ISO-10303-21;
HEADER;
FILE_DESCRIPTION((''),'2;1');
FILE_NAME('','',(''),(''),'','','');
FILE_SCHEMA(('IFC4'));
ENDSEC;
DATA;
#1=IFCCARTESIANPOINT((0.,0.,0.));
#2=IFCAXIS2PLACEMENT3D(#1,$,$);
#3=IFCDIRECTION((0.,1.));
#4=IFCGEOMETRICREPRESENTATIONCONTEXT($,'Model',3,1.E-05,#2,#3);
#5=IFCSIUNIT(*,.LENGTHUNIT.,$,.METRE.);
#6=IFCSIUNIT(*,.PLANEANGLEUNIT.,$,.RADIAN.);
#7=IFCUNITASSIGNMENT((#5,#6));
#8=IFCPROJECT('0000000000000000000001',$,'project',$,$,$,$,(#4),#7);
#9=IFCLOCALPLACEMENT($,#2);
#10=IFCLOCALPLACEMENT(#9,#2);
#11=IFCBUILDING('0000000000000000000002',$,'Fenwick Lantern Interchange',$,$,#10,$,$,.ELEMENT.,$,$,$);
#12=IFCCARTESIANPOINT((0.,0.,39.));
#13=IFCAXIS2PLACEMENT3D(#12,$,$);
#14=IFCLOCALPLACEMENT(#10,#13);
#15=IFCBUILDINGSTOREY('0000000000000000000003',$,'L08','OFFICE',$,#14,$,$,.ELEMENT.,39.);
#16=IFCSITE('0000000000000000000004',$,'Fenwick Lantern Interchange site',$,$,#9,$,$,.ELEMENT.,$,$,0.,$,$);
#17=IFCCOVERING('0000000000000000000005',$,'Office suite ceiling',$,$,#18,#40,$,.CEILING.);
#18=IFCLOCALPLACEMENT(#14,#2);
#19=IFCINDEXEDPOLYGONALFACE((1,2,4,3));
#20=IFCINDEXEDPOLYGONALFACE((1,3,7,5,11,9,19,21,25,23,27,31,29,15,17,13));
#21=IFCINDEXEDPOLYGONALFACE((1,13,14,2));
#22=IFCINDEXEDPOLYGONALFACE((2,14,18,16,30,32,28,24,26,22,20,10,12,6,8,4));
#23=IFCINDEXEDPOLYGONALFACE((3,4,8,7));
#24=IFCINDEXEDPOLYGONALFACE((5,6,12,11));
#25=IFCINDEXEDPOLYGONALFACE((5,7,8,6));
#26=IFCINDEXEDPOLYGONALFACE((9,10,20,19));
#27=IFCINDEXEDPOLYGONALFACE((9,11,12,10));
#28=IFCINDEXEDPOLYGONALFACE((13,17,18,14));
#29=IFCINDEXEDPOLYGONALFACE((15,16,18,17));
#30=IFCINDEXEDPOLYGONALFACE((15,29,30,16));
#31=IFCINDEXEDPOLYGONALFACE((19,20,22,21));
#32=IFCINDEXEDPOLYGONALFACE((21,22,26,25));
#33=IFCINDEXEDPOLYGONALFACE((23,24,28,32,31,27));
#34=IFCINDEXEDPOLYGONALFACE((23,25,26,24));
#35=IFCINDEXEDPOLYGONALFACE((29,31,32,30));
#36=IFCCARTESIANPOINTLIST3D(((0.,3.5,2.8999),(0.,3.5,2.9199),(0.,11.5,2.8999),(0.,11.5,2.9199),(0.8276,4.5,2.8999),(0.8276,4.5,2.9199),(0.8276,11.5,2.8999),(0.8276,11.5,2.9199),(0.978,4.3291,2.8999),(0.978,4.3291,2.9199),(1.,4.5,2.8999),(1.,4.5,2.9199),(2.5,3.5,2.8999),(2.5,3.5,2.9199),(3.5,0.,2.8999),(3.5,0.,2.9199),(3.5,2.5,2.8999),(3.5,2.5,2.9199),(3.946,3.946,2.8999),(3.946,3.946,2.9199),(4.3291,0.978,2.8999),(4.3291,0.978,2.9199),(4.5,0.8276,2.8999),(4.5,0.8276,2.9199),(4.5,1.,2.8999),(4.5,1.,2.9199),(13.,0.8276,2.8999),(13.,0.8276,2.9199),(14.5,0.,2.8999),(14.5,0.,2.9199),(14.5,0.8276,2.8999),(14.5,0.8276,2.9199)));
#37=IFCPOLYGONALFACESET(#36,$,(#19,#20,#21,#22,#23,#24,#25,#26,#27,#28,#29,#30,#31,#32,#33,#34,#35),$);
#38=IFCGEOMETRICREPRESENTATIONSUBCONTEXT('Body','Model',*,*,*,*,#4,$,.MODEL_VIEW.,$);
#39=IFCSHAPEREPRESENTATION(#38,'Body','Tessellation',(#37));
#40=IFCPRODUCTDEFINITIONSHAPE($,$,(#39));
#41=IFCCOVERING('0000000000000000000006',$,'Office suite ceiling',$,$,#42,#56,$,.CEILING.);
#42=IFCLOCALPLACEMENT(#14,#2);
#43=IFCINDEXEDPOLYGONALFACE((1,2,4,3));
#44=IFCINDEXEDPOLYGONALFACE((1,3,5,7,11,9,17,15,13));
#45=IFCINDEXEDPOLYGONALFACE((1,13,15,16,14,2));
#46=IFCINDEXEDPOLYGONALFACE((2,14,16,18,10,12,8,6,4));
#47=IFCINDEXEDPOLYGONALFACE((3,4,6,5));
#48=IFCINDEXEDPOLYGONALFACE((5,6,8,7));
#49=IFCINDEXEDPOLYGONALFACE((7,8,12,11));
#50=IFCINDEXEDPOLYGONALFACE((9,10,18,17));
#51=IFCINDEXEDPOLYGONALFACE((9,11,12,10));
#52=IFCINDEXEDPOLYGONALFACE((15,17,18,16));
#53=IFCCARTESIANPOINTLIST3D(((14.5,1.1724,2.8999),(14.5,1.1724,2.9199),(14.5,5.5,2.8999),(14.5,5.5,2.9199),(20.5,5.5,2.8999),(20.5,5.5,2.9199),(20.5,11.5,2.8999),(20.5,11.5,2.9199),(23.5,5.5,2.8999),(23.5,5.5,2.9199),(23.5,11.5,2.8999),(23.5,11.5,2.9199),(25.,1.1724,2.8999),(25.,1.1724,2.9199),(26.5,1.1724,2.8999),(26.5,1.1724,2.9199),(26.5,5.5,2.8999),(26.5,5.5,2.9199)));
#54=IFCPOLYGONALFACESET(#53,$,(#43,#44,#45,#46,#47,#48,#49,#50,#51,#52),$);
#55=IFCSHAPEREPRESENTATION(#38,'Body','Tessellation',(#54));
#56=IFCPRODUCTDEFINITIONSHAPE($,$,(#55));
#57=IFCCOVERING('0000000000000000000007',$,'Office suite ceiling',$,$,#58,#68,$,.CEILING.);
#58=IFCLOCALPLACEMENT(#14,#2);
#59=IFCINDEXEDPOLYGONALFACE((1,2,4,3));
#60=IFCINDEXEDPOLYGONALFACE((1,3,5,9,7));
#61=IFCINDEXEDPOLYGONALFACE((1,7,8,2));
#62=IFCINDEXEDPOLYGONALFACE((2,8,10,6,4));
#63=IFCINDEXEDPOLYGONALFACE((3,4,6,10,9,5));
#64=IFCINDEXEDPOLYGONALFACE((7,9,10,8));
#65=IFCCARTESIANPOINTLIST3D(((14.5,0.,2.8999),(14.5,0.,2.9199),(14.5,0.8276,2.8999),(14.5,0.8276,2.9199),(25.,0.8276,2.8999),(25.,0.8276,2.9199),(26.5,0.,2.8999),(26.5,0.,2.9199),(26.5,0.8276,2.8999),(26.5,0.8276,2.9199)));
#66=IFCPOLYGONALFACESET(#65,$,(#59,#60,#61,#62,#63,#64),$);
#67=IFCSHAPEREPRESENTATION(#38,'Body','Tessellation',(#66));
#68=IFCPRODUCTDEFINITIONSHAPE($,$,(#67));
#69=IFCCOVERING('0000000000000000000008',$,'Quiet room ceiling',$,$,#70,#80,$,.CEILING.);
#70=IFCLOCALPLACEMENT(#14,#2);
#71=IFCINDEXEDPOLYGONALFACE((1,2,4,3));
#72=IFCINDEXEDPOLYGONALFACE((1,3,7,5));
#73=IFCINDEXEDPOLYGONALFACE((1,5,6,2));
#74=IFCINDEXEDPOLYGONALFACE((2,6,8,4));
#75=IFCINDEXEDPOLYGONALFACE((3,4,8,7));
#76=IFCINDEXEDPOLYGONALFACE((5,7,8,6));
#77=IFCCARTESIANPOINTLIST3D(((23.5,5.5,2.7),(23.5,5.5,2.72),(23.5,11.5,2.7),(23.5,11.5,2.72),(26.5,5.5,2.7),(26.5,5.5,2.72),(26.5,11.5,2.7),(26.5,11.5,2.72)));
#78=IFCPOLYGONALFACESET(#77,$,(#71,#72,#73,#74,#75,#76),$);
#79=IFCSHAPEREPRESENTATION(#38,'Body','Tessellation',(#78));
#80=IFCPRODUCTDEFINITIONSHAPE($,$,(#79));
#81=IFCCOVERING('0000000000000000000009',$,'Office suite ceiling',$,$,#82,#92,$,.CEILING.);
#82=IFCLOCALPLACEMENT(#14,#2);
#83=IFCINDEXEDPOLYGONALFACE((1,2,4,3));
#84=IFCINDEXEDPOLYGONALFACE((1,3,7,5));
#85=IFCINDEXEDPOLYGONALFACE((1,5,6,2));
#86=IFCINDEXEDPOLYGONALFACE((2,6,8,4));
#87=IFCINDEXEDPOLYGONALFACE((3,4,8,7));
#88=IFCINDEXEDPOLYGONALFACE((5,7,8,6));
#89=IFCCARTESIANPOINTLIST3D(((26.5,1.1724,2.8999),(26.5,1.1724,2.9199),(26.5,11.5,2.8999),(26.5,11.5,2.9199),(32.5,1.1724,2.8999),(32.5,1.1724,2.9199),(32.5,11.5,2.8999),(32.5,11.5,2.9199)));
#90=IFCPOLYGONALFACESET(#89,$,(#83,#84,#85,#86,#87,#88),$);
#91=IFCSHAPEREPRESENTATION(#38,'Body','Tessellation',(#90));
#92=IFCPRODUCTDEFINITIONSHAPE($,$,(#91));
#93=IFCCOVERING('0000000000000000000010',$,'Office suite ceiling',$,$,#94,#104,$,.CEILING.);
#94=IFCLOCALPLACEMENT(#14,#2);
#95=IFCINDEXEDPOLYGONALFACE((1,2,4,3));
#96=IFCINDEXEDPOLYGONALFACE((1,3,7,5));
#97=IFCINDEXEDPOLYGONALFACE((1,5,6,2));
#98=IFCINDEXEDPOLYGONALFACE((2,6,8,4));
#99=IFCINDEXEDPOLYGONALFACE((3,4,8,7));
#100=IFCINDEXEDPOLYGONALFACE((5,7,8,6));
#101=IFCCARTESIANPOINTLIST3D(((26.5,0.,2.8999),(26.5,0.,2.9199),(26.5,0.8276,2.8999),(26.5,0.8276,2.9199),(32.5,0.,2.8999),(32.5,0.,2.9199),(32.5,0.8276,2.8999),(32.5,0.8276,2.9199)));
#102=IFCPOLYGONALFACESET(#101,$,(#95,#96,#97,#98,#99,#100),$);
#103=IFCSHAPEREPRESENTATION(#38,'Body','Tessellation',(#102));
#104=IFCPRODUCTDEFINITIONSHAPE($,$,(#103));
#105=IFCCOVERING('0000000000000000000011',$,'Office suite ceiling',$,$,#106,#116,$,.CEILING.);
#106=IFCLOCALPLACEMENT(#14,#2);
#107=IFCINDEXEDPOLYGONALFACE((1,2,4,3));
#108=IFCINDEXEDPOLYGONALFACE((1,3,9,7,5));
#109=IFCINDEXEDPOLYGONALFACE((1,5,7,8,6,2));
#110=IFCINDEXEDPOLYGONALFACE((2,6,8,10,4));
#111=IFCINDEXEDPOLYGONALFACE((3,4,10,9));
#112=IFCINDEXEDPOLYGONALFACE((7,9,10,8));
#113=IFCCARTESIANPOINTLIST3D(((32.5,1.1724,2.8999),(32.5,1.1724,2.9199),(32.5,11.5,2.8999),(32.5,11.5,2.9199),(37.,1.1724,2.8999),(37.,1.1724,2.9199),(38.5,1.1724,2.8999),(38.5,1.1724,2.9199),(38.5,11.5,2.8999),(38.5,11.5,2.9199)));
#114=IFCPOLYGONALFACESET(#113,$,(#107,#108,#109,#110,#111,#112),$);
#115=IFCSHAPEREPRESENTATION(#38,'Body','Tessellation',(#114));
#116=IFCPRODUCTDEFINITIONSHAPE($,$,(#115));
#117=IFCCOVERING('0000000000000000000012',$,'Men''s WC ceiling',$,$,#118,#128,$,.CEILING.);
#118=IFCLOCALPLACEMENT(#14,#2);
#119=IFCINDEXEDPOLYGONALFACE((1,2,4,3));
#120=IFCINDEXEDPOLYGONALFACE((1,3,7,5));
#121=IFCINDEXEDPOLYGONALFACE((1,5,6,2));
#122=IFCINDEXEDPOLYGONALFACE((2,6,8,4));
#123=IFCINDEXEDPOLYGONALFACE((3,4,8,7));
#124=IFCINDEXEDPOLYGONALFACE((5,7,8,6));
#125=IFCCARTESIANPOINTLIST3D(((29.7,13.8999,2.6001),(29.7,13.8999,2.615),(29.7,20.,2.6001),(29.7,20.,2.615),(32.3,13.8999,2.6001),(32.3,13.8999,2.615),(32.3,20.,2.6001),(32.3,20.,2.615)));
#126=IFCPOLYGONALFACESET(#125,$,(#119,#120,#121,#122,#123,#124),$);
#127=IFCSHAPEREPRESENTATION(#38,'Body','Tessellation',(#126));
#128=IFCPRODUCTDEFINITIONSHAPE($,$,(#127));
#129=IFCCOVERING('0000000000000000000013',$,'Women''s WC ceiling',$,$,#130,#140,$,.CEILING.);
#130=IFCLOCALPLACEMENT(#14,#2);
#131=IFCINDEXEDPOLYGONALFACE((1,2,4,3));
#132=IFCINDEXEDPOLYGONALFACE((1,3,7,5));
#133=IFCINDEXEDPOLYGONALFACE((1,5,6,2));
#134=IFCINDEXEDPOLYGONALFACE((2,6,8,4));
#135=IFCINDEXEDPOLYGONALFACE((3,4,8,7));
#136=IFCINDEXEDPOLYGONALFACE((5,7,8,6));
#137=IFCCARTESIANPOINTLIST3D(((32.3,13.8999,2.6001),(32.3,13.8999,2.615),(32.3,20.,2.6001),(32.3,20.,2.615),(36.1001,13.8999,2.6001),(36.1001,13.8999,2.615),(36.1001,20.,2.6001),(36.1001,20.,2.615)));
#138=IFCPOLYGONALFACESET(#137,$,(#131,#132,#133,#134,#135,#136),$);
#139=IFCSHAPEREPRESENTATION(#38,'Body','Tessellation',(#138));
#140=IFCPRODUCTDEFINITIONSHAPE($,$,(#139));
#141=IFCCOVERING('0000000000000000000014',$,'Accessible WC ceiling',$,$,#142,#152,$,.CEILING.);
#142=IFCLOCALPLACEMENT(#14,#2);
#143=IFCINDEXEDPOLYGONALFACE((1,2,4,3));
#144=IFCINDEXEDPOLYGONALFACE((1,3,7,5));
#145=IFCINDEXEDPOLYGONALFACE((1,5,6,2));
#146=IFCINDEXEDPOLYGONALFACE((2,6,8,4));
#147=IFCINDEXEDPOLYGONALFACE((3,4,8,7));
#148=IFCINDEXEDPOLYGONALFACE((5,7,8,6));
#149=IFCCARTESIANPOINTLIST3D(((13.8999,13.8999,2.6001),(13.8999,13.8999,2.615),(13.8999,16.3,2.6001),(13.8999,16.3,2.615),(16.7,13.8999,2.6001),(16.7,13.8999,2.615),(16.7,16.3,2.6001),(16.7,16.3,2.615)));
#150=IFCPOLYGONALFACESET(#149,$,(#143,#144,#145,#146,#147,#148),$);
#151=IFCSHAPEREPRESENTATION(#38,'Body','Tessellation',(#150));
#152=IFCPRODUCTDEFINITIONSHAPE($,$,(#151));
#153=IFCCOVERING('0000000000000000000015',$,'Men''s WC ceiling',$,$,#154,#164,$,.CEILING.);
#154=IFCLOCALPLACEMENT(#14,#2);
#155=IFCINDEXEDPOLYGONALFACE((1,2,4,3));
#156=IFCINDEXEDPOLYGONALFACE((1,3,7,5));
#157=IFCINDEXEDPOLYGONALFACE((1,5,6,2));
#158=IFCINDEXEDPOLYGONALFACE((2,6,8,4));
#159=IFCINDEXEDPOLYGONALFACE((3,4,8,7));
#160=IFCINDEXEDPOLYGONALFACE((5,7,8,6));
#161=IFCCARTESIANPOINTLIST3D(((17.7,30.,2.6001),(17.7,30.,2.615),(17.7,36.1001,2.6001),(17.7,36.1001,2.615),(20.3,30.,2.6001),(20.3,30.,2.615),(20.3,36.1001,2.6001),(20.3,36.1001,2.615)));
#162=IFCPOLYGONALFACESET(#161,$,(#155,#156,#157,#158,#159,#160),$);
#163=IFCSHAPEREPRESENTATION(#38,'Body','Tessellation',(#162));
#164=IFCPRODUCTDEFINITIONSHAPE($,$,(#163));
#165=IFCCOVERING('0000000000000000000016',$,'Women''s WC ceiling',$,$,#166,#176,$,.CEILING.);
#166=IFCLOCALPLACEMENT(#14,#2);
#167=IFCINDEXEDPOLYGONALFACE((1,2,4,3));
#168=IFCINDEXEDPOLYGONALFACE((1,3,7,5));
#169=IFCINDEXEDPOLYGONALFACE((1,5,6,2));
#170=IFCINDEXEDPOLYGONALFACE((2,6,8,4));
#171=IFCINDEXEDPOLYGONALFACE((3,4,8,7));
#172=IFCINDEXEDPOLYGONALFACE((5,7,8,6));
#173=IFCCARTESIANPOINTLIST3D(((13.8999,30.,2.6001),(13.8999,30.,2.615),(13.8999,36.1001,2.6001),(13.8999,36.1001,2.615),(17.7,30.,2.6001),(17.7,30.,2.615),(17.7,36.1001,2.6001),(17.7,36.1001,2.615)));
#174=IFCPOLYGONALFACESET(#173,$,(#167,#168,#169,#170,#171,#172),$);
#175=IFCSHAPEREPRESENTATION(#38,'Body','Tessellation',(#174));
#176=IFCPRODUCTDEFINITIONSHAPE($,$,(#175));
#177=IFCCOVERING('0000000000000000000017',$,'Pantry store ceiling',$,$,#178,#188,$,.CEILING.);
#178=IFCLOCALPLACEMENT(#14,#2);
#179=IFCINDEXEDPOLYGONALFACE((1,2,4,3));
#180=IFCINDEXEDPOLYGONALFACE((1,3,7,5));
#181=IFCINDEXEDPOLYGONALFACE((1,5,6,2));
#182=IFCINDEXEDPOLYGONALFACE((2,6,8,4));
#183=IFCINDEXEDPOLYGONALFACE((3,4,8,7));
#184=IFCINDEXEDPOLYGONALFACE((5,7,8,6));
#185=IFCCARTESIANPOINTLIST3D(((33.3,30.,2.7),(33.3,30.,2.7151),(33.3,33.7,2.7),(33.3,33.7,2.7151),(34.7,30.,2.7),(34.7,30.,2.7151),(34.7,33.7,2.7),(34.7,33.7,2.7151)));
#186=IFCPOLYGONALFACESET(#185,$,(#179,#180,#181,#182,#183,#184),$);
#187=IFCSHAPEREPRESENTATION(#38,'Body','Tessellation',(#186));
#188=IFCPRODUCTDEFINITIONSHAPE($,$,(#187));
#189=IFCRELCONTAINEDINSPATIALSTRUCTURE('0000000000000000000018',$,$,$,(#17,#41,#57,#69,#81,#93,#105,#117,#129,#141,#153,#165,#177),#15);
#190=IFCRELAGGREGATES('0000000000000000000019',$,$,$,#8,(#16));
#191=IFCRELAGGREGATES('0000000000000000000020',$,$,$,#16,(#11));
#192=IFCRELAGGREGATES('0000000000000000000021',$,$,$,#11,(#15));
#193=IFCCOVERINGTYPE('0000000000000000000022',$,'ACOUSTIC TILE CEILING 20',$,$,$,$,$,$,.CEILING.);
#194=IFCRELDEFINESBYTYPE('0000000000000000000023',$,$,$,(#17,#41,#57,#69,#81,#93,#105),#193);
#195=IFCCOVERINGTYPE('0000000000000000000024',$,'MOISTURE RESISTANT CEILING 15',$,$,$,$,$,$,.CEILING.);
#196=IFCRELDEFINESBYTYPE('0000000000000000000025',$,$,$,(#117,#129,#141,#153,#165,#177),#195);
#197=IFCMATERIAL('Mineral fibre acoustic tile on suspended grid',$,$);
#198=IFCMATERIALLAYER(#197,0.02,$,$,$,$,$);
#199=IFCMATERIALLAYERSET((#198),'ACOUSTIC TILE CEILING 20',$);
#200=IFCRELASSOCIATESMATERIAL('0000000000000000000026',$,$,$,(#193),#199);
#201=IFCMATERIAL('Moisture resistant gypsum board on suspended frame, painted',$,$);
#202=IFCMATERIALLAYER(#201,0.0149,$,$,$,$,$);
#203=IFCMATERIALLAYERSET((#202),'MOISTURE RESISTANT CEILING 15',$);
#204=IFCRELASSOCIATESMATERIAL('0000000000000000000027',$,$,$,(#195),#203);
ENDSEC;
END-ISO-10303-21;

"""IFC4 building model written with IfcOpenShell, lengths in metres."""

from ifc_helpers import new_model, si_unit, direction, frame, origin, place, context, subcontext, project, spatial, polyline, outline, extrude, material, layer, layer_set, type_object, element, save


model = new_model("IFC4")

# Units and contexts
model_context = context("Model", 3, precision=1e-05, world=origin(), true_north=direction((0.0, 1.0)))
body_context = subcontext(model_context, "Body", "Model", "MODEL_VIEW")
ifc_project = project(units=[si_unit("LENGTHUNIT", "METRE"), si_unit("PLANEANGLEUNIT", "RADIAN")], contexts=[model_context])

# Site, building, storey
site_placement = place(None, origin())
site = spatial("IfcSite", under=ifc_project, at=site_placement, Name="Fenwick Lantern Interchange site", CompositionType="ELEMENT", RefElevation=0.0)
building_placement = place(site_placement, origin())
building = spatial("IfcBuilding", under=site, at=building_placement, Name="Fenwick Lantern Interchange", CompositionType="ELEMENT")
storey_placement = place(building_placement, frame((0.0, 0.0, 39.0)))
storey = spatial("IfcBuildingStorey", under=building, at=storey_placement, Name="L08", Description="OFFICE", CompositionType="ELEMENT", Elevation=39.0)

# Coverings
ifc_material_1 = material(Name="Mineral fibre acoustic tile on suspended grid")
ifc_layer_1 = layer(ifc_material_1, 0.02)
ifc_layer_set_1 = layer_set([ifc_layer_1], Name="ACOUSTIC TILE CEILING 20")
covering_type_1 = type_object("IfcCoveringType", Name="ACOUSTIC TILE CEILING 20", PredefinedType="CEILING", material=ifc_layer_set_1)
covering_1_placement = place(storey_placement, frame((0.0, 0.0, 2.8999)))
element("IfcCovering", 1, at=covering_1_placement, inside=storey, type_object=covering_type_1, Name="Office suite ceiling", PredefinedType="CEILING", context=body_context, shape_type="SweptSolid", body=[
    extrude(outline(polyline([(2.5, 3.5), (3.5, 2.5), (3.5, 0.0), (14.5, 0.0), (14.5, 0.8276), (13.0, 0.8276), (4.5, 0.8276), (4.5, 1.0), (4.3291, 0.978), (3.946, 3.946), (0.978, 4.3291), (1.0, 4.5), (0.8276, 4.5), (0.8276, 11.5), (0.0, 11.5), (0.0, 3.5), (2.5, 3.5)])), origin(), (0.0, 0.0, 1.0), 0.02),
])
covering_2_placement = place(storey_placement, frame((0.0, 0.0, 2.8999)))
element("IfcCovering", 2, at=covering_2_placement, inside=storey, type_object=covering_type_1, Name="Office suite ceiling", PredefinedType="CEILING", context=body_context, shape_type="SweptSolid", body=[
    extrude(outline(polyline([(14.5, 5.5), (14.5, 1.1724), (25.0, 1.1724), (26.5, 1.1724), (26.5, 5.5), (23.5, 5.5), (23.5, 11.5), (20.5, 11.5), (20.5, 5.5), (14.5, 5.5)])), origin(), (0.0, 0.0, 1.0), 0.02),
])
covering_3_placement = place(storey_placement, frame((0.0, 0.0, 2.8999)))
element("IfcCovering", 3, at=covering_3_placement, inside=storey, type_object=covering_type_1, Name="Office suite ceiling", PredefinedType="CEILING", context=body_context, shape_type="SweptSolid", body=[
    extrude(outline(polyline([(14.5, 0.8276), (14.5, 0.0), (26.5, 0.0), (26.5, 0.8276), (25.0, 0.8276), (14.5, 0.8276)])), origin(), (0.0, 0.0, 1.0), 0.02),
])
covering_4_placement = place(storey_placement, frame((0.0, 0.0, 2.7)))
element("IfcCovering", 4, at=covering_4_placement, inside=storey, type_object=covering_type_1, Name="Quiet room ceiling", PredefinedType="CEILING", context=body_context, shape_type="SweptSolid", body=[
    extrude(outline(polyline([(23.5, 5.5), (26.5, 5.5), (26.5, 11.5), (23.5, 11.5), (23.5, 5.5)])), origin(), (0.0, 0.0, 1.0), 0.02),
])
covering_5_placement = place(storey_placement, frame((0.0, 0.0, 2.8999)))
element("IfcCovering", 5, at=covering_5_placement, inside=storey, type_object=covering_type_1, Name="Office suite ceiling", PredefinedType="CEILING", context=body_context, shape_type="SweptSolid", body=[
    extrude(outline(polyline([(26.5, 11.5), (26.5, 1.1724), (32.5, 1.1724), (32.5, 11.5), (26.5, 11.5)])), origin(), (0.0, 0.0, 1.0), 0.02),
])
covering_6_placement = place(storey_placement, frame((0.0, 0.0, 2.8999)))
element("IfcCovering", 6, at=covering_6_placement, inside=storey, type_object=covering_type_1, Name="Office suite ceiling", PredefinedType="CEILING", context=body_context, shape_type="SweptSolid", body=[
    extrude(outline(polyline([(26.5, 0.0), (32.5, 0.0), (32.5, 0.8276), (26.5, 0.8276), (26.5, 0.0)])), origin(), (0.0, 0.0, 1.0), 0.02),
])
covering_7_placement = place(storey_placement, frame((0.0, 0.0, 2.8999)))
element("IfcCovering", 7, at=covering_7_placement, inside=storey, type_object=covering_type_1, Name="Office suite ceiling", PredefinedType="CEILING", context=body_context, shape_type="SweptSolid", body=[
    extrude(outline(polyline([(32.5, 11.5), (32.5, 1.1724), (37.0, 1.1724), (38.5, 1.1724), (38.5, 11.5), (32.5, 11.5)])), origin(), (0.0, 0.0, 1.0), 0.02),
])
ifc_material_2 = material(Name="Moisture resistant gypsum board on suspended frame, painted")
ifc_layer_2 = layer(ifc_material_2, 0.0149)
ifc_layer_set_2 = layer_set([ifc_layer_2], Name="MOISTURE RESISTANT CEILING 15")
covering_type_2 = type_object("IfcCoveringType", Name="MOISTURE RESISTANT CEILING 15", PredefinedType="CEILING", material=ifc_layer_set_2)
covering_8_placement = place(storey_placement, frame((0.0, 0.0, 2.6001)))
element("IfcCovering", 8, at=covering_8_placement, inside=storey, type_object=covering_type_2, Name="Men's WC ceiling", PredefinedType="CEILING", context=body_context, shape_type="SweptSolid", body=[
    extrude(outline(polyline([(29.7, 13.8999), (32.3, 13.8999), (32.3, 20.0), (29.7, 20.0), (29.7, 13.8999)])), origin(), (0.0, 0.0, 1.0), 0.0149),
])
covering_9_placement = place(storey_placement, frame((0.0, 0.0, 2.6001)))
element("IfcCovering", 9, at=covering_9_placement, inside=storey, type_object=covering_type_2, Name="Women's WC ceiling", PredefinedType="CEILING", context=body_context, shape_type="SweptSolid", body=[
    extrude(outline(polyline([(32.3, 13.8999), (36.1001, 13.8999), (36.1001, 20.0), (32.3, 20.0), (32.3, 13.8999)])), origin(), (0.0, 0.0, 1.0), 0.0149),
])
covering_10_placement = place(storey_placement, frame((0.0, 0.0, 2.6001)))
element("IfcCovering", 10, at=covering_10_placement, inside=storey, type_object=covering_type_2, Name="Accessible WC ceiling", PredefinedType="CEILING", context=body_context, shape_type="SweptSolid", body=[
    extrude(outline(polyline([(13.8999, 13.8999), (16.7, 13.8999), (16.7, 16.3), (13.8999, 16.3), (13.8999, 13.8999)])), origin(), (0.0, 0.0, 1.0), 0.0149),
])
covering_11_placement = place(storey_placement, frame((0.0, 0.0, 2.6001)))
element("IfcCovering", 11, at=covering_11_placement, inside=storey, type_object=covering_type_2, Name="Men's WC ceiling", PredefinedType="CEILING", context=body_context, shape_type="SweptSolid", body=[
    extrude(outline(polyline([(20.3, 36.1001), (17.7, 36.1001), (17.7, 30.0), (20.3, 30.0), (20.3, 36.1001)])), origin(), (0.0, 0.0, 1.0), 0.0149),
])
covering_12_placement = place(storey_placement, frame((0.0, 0.0, 2.6001)))
element("IfcCovering", 12, at=covering_12_placement, inside=storey, type_object=covering_type_2, Name="Women's WC ceiling", PredefinedType="CEILING", context=body_context, shape_type="SweptSolid", body=[
    extrude(outline(polyline([(17.7, 36.1001), (13.8999, 36.1001), (13.8999, 30.0), (17.7, 30.0), (17.7, 36.1001)])), origin(), (0.0, 0.0, 1.0), 0.0149),
])
covering_13_placement = place(storey_placement, frame((0.0, 0.0, 2.7)))
element("IfcCovering", 13, at=covering_13_placement, inside=storey, type_object=covering_type_2, Name="Pantry store ceiling", PredefinedType="CEILING", context=body_context, shape_type="SweptSolid", body=[
    extrude(outline(polyline([(34.7, 33.7), (33.3, 33.7), (33.3, 30.0), (34.7, 30.0), (34.7, 33.7)])), origin(), (0.0, 0.0, 1.0), 0.0151),
])

save(model, "model.ifc")
